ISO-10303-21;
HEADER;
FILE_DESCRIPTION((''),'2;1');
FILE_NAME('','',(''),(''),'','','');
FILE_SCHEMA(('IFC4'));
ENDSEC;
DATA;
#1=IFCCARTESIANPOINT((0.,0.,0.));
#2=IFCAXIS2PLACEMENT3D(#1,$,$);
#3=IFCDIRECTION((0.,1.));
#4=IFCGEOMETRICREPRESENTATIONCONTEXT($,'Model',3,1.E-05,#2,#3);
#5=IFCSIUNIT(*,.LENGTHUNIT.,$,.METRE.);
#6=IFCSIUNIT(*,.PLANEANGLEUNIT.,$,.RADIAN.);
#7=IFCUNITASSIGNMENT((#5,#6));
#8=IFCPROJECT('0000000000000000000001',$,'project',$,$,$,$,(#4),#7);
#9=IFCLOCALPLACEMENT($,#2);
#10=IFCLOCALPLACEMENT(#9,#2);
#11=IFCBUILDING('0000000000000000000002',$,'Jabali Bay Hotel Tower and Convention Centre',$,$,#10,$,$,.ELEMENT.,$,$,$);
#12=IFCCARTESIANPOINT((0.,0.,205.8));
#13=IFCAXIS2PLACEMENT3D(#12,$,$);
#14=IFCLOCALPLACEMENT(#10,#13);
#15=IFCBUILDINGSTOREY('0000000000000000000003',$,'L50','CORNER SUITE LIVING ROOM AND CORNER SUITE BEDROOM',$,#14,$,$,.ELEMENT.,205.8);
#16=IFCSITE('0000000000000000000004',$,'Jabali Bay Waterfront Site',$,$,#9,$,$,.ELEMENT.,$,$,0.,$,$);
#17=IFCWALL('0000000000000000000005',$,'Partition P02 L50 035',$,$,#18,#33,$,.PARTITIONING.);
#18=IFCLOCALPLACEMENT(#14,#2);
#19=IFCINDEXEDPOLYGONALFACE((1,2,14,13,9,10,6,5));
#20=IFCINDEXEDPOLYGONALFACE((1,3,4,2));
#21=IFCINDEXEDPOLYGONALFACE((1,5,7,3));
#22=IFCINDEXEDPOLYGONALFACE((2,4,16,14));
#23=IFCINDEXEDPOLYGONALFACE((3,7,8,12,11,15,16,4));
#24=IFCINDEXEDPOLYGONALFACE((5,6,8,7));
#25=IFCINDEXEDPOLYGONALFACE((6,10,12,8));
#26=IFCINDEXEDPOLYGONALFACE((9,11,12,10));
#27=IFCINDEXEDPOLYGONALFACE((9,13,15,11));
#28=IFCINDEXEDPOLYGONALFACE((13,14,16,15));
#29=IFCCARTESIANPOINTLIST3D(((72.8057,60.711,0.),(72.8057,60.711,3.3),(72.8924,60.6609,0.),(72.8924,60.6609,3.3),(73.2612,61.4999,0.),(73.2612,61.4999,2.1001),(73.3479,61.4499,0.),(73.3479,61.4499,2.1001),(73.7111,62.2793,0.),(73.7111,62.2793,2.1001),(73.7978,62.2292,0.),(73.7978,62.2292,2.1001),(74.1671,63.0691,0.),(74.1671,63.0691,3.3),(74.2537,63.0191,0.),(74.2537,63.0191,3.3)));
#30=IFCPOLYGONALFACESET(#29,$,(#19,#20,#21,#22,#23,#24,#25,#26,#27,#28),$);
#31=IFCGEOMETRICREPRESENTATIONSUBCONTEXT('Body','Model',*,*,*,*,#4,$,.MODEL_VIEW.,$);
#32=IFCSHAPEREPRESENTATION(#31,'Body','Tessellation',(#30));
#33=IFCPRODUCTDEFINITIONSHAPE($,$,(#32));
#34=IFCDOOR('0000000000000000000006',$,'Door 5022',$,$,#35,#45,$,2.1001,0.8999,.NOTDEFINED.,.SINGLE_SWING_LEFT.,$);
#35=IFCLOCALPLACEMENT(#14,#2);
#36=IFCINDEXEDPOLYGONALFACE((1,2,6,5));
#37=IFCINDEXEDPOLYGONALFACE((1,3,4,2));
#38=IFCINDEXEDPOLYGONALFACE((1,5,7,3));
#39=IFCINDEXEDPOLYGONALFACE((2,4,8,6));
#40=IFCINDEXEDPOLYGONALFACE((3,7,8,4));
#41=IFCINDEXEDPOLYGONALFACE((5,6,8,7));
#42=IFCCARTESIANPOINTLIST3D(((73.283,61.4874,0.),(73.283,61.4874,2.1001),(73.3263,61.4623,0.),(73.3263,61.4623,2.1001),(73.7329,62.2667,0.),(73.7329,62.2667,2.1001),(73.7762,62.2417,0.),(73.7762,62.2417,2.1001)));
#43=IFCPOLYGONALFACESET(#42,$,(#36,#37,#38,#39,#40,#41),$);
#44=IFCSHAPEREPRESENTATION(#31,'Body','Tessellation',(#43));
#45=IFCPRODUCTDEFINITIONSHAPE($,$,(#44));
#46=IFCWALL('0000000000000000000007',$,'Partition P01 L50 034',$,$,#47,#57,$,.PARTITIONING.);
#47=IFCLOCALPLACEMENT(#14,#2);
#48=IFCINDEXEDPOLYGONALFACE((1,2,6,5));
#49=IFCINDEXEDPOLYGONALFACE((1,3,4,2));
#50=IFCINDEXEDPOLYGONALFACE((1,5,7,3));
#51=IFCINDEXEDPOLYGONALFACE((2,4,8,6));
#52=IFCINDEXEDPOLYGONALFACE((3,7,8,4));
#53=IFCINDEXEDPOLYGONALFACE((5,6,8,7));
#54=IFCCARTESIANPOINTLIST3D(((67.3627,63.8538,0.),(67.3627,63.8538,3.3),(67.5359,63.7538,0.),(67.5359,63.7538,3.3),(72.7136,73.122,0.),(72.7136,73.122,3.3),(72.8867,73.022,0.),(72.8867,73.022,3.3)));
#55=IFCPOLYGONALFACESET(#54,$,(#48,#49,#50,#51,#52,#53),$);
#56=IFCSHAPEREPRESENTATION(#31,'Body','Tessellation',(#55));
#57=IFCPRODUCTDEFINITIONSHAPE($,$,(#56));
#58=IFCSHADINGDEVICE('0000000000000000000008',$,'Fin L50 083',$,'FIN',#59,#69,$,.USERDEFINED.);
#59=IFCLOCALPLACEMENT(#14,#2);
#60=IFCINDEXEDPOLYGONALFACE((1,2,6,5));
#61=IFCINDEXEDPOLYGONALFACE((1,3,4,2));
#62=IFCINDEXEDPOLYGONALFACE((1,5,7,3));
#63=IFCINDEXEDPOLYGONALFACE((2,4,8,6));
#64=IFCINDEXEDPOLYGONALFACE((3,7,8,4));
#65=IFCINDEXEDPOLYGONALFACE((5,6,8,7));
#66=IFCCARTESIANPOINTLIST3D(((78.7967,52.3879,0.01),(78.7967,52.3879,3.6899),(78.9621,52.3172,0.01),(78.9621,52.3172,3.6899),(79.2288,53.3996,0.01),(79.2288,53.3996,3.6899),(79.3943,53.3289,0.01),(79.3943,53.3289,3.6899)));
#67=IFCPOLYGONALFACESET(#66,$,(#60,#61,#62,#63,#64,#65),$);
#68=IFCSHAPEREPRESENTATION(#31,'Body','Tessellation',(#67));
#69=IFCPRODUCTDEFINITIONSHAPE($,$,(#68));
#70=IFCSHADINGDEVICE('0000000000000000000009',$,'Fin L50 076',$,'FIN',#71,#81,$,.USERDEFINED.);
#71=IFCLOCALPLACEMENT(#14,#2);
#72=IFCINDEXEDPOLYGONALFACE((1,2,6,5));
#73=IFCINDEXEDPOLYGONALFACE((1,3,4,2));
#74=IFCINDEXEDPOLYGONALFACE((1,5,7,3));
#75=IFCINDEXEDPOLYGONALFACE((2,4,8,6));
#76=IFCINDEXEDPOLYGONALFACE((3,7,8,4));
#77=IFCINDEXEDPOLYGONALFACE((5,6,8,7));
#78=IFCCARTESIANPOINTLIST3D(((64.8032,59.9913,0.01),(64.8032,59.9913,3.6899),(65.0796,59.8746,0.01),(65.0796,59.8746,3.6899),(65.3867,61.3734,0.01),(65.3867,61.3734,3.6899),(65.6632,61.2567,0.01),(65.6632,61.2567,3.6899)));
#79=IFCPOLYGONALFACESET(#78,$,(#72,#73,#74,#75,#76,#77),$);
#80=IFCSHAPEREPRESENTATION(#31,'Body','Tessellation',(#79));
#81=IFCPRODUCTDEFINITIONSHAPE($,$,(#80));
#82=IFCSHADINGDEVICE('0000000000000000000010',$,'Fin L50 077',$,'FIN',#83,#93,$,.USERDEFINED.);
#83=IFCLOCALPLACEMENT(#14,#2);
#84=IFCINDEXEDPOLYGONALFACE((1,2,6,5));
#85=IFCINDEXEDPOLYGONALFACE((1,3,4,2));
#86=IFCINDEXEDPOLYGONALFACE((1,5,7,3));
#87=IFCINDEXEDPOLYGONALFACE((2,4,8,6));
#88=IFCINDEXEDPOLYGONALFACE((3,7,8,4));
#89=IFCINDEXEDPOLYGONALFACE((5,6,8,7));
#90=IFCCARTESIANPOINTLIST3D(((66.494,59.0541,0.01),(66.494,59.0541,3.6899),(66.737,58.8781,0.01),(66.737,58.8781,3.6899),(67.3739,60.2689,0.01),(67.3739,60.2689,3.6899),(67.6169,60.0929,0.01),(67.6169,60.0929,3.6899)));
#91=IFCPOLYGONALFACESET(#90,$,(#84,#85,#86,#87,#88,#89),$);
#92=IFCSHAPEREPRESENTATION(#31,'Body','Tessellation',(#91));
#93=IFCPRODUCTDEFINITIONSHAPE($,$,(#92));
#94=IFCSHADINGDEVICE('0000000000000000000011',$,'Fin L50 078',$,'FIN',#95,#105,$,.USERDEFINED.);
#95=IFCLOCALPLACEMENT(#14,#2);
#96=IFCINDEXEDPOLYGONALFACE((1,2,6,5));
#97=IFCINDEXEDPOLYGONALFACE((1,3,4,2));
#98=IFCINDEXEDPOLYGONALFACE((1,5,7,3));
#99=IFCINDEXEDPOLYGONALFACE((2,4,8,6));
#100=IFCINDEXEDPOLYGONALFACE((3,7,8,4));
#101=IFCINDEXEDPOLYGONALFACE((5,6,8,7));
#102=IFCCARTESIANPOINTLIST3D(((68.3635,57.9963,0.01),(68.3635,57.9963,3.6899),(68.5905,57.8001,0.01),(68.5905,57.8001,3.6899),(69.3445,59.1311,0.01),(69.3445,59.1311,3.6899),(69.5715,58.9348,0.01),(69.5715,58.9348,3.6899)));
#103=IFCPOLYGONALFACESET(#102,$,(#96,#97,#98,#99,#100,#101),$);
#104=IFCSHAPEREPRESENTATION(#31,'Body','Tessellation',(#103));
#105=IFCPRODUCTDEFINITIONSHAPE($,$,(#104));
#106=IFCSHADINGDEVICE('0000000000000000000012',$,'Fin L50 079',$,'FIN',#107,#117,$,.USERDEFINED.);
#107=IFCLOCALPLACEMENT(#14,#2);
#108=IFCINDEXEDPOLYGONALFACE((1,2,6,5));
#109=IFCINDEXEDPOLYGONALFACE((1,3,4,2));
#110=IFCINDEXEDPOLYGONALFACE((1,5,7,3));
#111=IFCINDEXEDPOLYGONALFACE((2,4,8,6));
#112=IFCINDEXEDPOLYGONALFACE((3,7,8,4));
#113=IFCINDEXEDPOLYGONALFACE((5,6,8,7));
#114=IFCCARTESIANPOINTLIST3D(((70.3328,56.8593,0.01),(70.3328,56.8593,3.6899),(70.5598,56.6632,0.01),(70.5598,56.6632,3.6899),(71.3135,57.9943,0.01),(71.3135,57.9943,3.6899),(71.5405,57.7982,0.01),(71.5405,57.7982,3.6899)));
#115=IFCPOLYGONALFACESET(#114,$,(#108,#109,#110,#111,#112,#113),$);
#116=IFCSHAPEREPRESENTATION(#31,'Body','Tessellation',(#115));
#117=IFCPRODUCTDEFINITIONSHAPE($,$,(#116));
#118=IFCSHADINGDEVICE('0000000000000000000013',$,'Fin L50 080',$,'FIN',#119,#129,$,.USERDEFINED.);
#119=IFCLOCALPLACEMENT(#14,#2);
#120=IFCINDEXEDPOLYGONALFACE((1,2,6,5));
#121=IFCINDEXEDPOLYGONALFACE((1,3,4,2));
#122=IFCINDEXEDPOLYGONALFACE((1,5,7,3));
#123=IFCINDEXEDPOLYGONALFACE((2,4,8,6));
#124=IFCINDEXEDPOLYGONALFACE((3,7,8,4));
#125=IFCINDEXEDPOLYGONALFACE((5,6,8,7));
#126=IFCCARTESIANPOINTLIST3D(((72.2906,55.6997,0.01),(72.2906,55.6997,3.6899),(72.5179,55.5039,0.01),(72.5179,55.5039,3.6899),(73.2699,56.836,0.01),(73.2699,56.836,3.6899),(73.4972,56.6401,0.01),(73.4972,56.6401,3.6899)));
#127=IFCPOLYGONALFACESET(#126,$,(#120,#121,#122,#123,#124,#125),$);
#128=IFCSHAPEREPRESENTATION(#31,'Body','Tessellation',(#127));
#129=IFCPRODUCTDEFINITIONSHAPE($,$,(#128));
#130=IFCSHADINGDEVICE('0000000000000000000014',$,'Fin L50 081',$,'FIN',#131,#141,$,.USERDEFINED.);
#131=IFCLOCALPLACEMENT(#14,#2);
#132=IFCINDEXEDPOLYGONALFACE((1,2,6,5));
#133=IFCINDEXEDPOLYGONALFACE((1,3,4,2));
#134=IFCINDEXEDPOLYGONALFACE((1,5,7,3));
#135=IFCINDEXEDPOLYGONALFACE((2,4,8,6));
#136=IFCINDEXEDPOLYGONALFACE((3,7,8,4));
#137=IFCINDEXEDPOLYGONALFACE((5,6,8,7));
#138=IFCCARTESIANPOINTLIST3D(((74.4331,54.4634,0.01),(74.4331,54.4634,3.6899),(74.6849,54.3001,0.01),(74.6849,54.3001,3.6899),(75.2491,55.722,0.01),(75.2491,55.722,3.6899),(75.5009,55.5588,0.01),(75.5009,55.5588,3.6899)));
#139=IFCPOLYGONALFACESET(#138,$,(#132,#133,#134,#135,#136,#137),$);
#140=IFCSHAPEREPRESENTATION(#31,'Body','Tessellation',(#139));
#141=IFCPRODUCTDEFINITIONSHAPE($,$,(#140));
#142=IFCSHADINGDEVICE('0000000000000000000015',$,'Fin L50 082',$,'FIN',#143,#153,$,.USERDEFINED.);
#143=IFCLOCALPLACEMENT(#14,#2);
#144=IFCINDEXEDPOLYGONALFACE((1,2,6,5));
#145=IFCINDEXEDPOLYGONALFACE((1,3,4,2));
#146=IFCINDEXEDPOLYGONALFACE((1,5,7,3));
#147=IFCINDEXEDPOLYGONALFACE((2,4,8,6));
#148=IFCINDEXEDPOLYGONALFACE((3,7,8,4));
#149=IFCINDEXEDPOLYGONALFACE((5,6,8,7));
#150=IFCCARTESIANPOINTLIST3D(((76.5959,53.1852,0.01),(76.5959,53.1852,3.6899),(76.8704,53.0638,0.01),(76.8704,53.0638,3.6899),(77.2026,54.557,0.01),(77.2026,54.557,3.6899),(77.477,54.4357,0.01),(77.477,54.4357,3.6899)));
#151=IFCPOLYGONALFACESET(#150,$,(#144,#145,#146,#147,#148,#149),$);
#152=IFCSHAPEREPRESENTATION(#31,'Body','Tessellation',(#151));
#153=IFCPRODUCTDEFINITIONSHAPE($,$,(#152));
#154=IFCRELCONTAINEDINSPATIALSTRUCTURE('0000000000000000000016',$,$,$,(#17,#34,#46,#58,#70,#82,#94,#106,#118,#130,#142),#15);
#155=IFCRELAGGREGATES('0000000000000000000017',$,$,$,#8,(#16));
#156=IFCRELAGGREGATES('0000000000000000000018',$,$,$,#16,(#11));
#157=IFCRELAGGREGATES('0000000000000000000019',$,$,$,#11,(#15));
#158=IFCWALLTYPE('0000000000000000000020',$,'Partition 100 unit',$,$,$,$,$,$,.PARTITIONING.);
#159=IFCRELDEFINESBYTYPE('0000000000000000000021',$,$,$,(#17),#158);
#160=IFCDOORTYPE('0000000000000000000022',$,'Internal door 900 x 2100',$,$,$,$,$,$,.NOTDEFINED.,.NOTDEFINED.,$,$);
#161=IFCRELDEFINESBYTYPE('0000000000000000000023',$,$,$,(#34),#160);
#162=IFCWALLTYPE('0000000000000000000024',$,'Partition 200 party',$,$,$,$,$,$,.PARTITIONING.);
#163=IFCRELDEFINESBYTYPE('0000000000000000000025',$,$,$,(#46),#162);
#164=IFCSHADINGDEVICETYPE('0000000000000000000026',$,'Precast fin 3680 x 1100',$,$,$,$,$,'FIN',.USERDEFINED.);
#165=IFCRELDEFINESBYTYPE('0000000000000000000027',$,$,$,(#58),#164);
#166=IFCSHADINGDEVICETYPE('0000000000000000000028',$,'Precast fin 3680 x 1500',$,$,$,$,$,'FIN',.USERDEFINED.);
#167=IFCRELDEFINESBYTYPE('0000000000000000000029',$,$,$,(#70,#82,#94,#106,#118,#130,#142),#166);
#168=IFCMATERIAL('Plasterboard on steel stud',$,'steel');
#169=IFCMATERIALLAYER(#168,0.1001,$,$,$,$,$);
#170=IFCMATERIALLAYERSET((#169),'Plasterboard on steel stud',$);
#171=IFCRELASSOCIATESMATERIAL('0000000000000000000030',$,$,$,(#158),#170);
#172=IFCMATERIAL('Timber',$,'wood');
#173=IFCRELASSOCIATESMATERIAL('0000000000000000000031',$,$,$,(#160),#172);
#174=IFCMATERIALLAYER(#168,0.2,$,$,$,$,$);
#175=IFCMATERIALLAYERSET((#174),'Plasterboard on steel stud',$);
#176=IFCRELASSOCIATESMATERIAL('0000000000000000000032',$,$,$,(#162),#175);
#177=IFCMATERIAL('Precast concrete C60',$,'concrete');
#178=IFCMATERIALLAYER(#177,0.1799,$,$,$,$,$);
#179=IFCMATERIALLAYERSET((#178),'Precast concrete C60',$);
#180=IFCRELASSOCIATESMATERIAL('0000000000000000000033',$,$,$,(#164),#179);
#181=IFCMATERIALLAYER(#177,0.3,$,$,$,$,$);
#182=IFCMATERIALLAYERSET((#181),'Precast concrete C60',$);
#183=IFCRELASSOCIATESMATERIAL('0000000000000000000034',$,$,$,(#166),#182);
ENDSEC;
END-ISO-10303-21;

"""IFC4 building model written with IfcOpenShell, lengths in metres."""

from ifc_helpers import new_model, si_unit, direction, frame, frame_2d, origin, place, context, subcontext, project, spatial, rectangle, extrude, material, layer, layer_set, type_object, element, fill, save


model = new_model("IFC4")

# Units and contexts
model_context = context("Model", 3, precision=1e-05, world=origin(), true_north=direction((0.0, 1.0)))
body_context = subcontext(model_context, "Body", "Model", "MODEL_VIEW")
ifc_project = project(units=[si_unit("LENGTHUNIT", "METRE"), si_unit("PLANEANGLEUNIT", "RADIAN")], contexts=[model_context])

# Site, building, storey
site_placement = place(None, origin())
site = spatial("IfcSite", under=ifc_project, at=site_placement, Name="Jabali Bay Waterfront Site", CompositionType="ELEMENT", RefElevation=0.0)
building_placement = place(site_placement, origin())
building = spatial("IfcBuilding", under=site, at=building_placement, Name="Jabali Bay Hotel Tower and Convention Centre", CompositionType="ELEMENT")
storey_placement = place(building_placement, frame((0.0, 0.0, 205.8)))
storey = spatial("IfcBuildingStorey", under=building, at=storey_placement, Name="L50", Description="CORNER SUITE LIVING ROOM AND CORNER SUITE BEDROOM", CompositionType="ELEMENT", Elevation=205.8)

# Wall, opening, door
ifc_material_1 = material(Name="Plasterboard on steel stud", Category="steel")
ifc_layer_1 = layer(ifc_material_1, 0.1001)
ifc_layer_set_1 = layer_set([ifc_layer_1], Name="Plasterboard on steel stud")
wall_type_1 = type_object("IfcWallType", Name="Partition 100 unit", PredefinedType="PARTITIONING", material=ifc_layer_set_1)
wall_1_placement = place(storey_placement, frame((72.8491, 60.686, 0.0), z_axis=(0.0, 0.0, 1.0), x_axis=(0.499958, 0.86605, 0.0)))
wall_1 = element("IfcWall", 1, at=wall_1_placement, inside=storey, type_object=wall_type_1, Name="Partition P02 L50 035", PredefinedType="PARTITIONING", context=body_context, shape_type="SweptSolid", body=[
    extrude(rectangle(XDim=2.7229, YDim=0.1001, at=frame_2d((1.3613, 0.0))), origin(), (0.0, 0.0, 1.0), 3.3),
])
opening_1_placement = place(wall_1_placement, frame((0.9109, 0.0, 0.0)))
opening_1 = element("IfcOpeningElement", 2, at=opening_1_placement, cuts=wall_1, PredefinedType="OPENING", context=body_context, shape_type="SweptSolid", body=[
    extrude(rectangle(XDim=0.8999, YDim=2.1001, at=frame_2d((0.45, 1.05))), frame((0.0, 0.0605, 0.0), z_axis=(0.0, -1.0, 0.0), x_axis=(1.0, 0.0, 0.0)), (0.0, 0.0, 1.0), 0.1211),
])
ifc_material_2 = material(Name="Timber", Category="wood")
door_type_1 = type_object("IfcDoorType", Name="Internal door 900 x 2100", OperationType="NOTDEFINED", PredefinedType="NOTDEFINED", material=ifc_material_2)
door_1_placement = place(opening_1_placement, origin())
door_1 = element("IfcDoor", 3, at=door_1_placement, inside=storey, type_object=door_type_1, Name="Door 5022", OperationType="SINGLE_SWING_LEFT", OverallHeight=2.1001, OverallWidth=0.8999, PredefinedType="NOTDEFINED", context=body_context, shape_type="SweptSolid", body=[
    extrude(rectangle(XDim=0.8999, YDim=2.1001, at=frame_2d((0.45, 1.05))), frame((0.0, 0.0249, 0.0), z_axis=(0.0, -1.0, 0.0), x_axis=(1.0, 0.0, 0.0)), (0.0, 0.0, 1.0), 0.05),
])
fill(opening_1, door_1)

# Wall
ifc_layer_2 = layer(ifc_material_1, 0.2)
ifc_layer_set_2 = layer_set([ifc_layer_2], Name="Plasterboard on steel stud")
wall_type_2 = type_object("IfcWallType", Name="Partition 200 party", PredefinedType="PARTITIONING", material=ifc_layer_set_2)
wall_2_placement = place(storey_placement, frame((67.4492, 63.8037, 0.0), z_axis=(0.0, 0.0, 1.0), x_axis=(0.499994, 0.866029, 0.0)))
element("IfcWall", 4, at=wall_2_placement, inside=storey, type_object=wall_type_2, Name="Partition P01 L50 034", PredefinedType="PARTITIONING", context=body_context, shape_type="SweptSolid", body=[
    extrude(rectangle(XDim=10.7019, YDim=0.2, at=frame_2d((5.3511, 0.0))), origin(), (0.0, 0.0, 1.0), 3.3),
])

# Shading devices
ifc_material_3 = material(Name="Precast concrete C60", Category="concrete")
ifc_layer_3 = layer(ifc_material_3, 0.1799)
ifc_layer_set_3 = layer_set([ifc_layer_3], Name="Precast concrete C60")
shading_device_type_1 = type_object("IfcShadingDeviceType", Name="Precast fin 3680 x 1100", ElementType="FIN", PredefinedType="USERDEFINED", material=ifc_layer_set_3)
shading_device_1_placement = place(storey_placement, frame((79.3115, 53.3643, 0.01), z_axis=(0.0, 0.0, 1.0), x_axis=(-0.392794, -0.919626, 0.0)))
element("IfcShadingDevice", 5, at=shading_device_1_placement, inside=storey, type_object=shading_device_type_1, Name="Fin L50 083", ObjectType="FIN", PredefinedType="USERDEFINED", context=body_context, shape_type="SweptSolid", body=[
    extrude(rectangle(XDim=1.1001, YDim=0.1799, at=frame_2d((0.55, 0.0))), origin(), (0.0, 0.0, 1.0), 3.6799),
])
ifc_layer_4 = layer(ifc_material_3, 0.3)
ifc_layer_set_4 = layer_set([ifc_layer_4], Name="Precast concrete C60")
shading_device_type_2 = type_object("IfcShadingDeviceType", Name="Precast fin 3680 x 1500", ElementType="FIN", PredefinedType="USERDEFINED", material=ifc_layer_set_4)
shading_device_2_placement = place(storey_placement, frame((65.5249, 61.3149, 0.01), z_axis=(0.0, 0.0, 1.0), x_axis=(-0.388944, -0.921261, 0.0)))
element("IfcShadingDevice", 6, at=shading_device_2_placement, inside=storey, type_object=shading_device_type_2, Name="Fin L50 076", ObjectType="FIN", PredefinedType="USERDEFINED", context=body_context, shape_type="SweptSolid", body=[
    extrude(rectangle(XDim=1.5002, YDim=0.3, at=frame_2d((0.75, 0.0))), origin(), (0.0, 0.0, 1.0), 3.6799),
])
for number, where, z_axis, x_axis, name in (
    (7, (67.4954, 60.1809, 0.01), (0.0, 0.0, 1.0), (-0.586583, -0.809889, 0.0), "Fin L50 077"),
    (8, (69.458, 59.033, 0.01), (0.0, 0.0, 1.0), (-0.653976, -0.756516, 0.0), "Fin L50 078"),
    (9, (71.427, 57.8962, 0.01), (0.0, 0.0, 1.0), (-0.653802, -0.756666, 0.0), "Fin L50 079"),
    (10, (73.3835, 56.738, 0.01), (0.0, 0.0, 1.0), (-0.65284, -0.757496, 0.0), "Fin L50 080"),
    (11, (75.375, 55.6404, 0.01), (0.0, 0.0, 1.0), (-0.543987, -0.839094, 0.0), "Fin L50 081"),
    (12, (77.3398, 54.4963, 0.01), (0.0, 0.0, 1.0), (-0.404462, -0.914555, 0.0), "Fin L50 082"),
):
    element("IfcShadingDevice", number, at=place(storey_placement, frame(where, z_axis=z_axis, x_axis=x_axis)), inside=storey, type_object=shading_device_type_2, Name=name, ObjectType="FIN", PredefinedType="USERDEFINED", context=body_context, shape_type="SweptSolid", body=[
        extrude(rectangle(XDim=1.5, YDim=0.3, at=frame_2d((0.75, 0.0))), origin(), (0.0, 0.0, 1.0), 3.6799),
    ])

save(model, "model.ifc")
